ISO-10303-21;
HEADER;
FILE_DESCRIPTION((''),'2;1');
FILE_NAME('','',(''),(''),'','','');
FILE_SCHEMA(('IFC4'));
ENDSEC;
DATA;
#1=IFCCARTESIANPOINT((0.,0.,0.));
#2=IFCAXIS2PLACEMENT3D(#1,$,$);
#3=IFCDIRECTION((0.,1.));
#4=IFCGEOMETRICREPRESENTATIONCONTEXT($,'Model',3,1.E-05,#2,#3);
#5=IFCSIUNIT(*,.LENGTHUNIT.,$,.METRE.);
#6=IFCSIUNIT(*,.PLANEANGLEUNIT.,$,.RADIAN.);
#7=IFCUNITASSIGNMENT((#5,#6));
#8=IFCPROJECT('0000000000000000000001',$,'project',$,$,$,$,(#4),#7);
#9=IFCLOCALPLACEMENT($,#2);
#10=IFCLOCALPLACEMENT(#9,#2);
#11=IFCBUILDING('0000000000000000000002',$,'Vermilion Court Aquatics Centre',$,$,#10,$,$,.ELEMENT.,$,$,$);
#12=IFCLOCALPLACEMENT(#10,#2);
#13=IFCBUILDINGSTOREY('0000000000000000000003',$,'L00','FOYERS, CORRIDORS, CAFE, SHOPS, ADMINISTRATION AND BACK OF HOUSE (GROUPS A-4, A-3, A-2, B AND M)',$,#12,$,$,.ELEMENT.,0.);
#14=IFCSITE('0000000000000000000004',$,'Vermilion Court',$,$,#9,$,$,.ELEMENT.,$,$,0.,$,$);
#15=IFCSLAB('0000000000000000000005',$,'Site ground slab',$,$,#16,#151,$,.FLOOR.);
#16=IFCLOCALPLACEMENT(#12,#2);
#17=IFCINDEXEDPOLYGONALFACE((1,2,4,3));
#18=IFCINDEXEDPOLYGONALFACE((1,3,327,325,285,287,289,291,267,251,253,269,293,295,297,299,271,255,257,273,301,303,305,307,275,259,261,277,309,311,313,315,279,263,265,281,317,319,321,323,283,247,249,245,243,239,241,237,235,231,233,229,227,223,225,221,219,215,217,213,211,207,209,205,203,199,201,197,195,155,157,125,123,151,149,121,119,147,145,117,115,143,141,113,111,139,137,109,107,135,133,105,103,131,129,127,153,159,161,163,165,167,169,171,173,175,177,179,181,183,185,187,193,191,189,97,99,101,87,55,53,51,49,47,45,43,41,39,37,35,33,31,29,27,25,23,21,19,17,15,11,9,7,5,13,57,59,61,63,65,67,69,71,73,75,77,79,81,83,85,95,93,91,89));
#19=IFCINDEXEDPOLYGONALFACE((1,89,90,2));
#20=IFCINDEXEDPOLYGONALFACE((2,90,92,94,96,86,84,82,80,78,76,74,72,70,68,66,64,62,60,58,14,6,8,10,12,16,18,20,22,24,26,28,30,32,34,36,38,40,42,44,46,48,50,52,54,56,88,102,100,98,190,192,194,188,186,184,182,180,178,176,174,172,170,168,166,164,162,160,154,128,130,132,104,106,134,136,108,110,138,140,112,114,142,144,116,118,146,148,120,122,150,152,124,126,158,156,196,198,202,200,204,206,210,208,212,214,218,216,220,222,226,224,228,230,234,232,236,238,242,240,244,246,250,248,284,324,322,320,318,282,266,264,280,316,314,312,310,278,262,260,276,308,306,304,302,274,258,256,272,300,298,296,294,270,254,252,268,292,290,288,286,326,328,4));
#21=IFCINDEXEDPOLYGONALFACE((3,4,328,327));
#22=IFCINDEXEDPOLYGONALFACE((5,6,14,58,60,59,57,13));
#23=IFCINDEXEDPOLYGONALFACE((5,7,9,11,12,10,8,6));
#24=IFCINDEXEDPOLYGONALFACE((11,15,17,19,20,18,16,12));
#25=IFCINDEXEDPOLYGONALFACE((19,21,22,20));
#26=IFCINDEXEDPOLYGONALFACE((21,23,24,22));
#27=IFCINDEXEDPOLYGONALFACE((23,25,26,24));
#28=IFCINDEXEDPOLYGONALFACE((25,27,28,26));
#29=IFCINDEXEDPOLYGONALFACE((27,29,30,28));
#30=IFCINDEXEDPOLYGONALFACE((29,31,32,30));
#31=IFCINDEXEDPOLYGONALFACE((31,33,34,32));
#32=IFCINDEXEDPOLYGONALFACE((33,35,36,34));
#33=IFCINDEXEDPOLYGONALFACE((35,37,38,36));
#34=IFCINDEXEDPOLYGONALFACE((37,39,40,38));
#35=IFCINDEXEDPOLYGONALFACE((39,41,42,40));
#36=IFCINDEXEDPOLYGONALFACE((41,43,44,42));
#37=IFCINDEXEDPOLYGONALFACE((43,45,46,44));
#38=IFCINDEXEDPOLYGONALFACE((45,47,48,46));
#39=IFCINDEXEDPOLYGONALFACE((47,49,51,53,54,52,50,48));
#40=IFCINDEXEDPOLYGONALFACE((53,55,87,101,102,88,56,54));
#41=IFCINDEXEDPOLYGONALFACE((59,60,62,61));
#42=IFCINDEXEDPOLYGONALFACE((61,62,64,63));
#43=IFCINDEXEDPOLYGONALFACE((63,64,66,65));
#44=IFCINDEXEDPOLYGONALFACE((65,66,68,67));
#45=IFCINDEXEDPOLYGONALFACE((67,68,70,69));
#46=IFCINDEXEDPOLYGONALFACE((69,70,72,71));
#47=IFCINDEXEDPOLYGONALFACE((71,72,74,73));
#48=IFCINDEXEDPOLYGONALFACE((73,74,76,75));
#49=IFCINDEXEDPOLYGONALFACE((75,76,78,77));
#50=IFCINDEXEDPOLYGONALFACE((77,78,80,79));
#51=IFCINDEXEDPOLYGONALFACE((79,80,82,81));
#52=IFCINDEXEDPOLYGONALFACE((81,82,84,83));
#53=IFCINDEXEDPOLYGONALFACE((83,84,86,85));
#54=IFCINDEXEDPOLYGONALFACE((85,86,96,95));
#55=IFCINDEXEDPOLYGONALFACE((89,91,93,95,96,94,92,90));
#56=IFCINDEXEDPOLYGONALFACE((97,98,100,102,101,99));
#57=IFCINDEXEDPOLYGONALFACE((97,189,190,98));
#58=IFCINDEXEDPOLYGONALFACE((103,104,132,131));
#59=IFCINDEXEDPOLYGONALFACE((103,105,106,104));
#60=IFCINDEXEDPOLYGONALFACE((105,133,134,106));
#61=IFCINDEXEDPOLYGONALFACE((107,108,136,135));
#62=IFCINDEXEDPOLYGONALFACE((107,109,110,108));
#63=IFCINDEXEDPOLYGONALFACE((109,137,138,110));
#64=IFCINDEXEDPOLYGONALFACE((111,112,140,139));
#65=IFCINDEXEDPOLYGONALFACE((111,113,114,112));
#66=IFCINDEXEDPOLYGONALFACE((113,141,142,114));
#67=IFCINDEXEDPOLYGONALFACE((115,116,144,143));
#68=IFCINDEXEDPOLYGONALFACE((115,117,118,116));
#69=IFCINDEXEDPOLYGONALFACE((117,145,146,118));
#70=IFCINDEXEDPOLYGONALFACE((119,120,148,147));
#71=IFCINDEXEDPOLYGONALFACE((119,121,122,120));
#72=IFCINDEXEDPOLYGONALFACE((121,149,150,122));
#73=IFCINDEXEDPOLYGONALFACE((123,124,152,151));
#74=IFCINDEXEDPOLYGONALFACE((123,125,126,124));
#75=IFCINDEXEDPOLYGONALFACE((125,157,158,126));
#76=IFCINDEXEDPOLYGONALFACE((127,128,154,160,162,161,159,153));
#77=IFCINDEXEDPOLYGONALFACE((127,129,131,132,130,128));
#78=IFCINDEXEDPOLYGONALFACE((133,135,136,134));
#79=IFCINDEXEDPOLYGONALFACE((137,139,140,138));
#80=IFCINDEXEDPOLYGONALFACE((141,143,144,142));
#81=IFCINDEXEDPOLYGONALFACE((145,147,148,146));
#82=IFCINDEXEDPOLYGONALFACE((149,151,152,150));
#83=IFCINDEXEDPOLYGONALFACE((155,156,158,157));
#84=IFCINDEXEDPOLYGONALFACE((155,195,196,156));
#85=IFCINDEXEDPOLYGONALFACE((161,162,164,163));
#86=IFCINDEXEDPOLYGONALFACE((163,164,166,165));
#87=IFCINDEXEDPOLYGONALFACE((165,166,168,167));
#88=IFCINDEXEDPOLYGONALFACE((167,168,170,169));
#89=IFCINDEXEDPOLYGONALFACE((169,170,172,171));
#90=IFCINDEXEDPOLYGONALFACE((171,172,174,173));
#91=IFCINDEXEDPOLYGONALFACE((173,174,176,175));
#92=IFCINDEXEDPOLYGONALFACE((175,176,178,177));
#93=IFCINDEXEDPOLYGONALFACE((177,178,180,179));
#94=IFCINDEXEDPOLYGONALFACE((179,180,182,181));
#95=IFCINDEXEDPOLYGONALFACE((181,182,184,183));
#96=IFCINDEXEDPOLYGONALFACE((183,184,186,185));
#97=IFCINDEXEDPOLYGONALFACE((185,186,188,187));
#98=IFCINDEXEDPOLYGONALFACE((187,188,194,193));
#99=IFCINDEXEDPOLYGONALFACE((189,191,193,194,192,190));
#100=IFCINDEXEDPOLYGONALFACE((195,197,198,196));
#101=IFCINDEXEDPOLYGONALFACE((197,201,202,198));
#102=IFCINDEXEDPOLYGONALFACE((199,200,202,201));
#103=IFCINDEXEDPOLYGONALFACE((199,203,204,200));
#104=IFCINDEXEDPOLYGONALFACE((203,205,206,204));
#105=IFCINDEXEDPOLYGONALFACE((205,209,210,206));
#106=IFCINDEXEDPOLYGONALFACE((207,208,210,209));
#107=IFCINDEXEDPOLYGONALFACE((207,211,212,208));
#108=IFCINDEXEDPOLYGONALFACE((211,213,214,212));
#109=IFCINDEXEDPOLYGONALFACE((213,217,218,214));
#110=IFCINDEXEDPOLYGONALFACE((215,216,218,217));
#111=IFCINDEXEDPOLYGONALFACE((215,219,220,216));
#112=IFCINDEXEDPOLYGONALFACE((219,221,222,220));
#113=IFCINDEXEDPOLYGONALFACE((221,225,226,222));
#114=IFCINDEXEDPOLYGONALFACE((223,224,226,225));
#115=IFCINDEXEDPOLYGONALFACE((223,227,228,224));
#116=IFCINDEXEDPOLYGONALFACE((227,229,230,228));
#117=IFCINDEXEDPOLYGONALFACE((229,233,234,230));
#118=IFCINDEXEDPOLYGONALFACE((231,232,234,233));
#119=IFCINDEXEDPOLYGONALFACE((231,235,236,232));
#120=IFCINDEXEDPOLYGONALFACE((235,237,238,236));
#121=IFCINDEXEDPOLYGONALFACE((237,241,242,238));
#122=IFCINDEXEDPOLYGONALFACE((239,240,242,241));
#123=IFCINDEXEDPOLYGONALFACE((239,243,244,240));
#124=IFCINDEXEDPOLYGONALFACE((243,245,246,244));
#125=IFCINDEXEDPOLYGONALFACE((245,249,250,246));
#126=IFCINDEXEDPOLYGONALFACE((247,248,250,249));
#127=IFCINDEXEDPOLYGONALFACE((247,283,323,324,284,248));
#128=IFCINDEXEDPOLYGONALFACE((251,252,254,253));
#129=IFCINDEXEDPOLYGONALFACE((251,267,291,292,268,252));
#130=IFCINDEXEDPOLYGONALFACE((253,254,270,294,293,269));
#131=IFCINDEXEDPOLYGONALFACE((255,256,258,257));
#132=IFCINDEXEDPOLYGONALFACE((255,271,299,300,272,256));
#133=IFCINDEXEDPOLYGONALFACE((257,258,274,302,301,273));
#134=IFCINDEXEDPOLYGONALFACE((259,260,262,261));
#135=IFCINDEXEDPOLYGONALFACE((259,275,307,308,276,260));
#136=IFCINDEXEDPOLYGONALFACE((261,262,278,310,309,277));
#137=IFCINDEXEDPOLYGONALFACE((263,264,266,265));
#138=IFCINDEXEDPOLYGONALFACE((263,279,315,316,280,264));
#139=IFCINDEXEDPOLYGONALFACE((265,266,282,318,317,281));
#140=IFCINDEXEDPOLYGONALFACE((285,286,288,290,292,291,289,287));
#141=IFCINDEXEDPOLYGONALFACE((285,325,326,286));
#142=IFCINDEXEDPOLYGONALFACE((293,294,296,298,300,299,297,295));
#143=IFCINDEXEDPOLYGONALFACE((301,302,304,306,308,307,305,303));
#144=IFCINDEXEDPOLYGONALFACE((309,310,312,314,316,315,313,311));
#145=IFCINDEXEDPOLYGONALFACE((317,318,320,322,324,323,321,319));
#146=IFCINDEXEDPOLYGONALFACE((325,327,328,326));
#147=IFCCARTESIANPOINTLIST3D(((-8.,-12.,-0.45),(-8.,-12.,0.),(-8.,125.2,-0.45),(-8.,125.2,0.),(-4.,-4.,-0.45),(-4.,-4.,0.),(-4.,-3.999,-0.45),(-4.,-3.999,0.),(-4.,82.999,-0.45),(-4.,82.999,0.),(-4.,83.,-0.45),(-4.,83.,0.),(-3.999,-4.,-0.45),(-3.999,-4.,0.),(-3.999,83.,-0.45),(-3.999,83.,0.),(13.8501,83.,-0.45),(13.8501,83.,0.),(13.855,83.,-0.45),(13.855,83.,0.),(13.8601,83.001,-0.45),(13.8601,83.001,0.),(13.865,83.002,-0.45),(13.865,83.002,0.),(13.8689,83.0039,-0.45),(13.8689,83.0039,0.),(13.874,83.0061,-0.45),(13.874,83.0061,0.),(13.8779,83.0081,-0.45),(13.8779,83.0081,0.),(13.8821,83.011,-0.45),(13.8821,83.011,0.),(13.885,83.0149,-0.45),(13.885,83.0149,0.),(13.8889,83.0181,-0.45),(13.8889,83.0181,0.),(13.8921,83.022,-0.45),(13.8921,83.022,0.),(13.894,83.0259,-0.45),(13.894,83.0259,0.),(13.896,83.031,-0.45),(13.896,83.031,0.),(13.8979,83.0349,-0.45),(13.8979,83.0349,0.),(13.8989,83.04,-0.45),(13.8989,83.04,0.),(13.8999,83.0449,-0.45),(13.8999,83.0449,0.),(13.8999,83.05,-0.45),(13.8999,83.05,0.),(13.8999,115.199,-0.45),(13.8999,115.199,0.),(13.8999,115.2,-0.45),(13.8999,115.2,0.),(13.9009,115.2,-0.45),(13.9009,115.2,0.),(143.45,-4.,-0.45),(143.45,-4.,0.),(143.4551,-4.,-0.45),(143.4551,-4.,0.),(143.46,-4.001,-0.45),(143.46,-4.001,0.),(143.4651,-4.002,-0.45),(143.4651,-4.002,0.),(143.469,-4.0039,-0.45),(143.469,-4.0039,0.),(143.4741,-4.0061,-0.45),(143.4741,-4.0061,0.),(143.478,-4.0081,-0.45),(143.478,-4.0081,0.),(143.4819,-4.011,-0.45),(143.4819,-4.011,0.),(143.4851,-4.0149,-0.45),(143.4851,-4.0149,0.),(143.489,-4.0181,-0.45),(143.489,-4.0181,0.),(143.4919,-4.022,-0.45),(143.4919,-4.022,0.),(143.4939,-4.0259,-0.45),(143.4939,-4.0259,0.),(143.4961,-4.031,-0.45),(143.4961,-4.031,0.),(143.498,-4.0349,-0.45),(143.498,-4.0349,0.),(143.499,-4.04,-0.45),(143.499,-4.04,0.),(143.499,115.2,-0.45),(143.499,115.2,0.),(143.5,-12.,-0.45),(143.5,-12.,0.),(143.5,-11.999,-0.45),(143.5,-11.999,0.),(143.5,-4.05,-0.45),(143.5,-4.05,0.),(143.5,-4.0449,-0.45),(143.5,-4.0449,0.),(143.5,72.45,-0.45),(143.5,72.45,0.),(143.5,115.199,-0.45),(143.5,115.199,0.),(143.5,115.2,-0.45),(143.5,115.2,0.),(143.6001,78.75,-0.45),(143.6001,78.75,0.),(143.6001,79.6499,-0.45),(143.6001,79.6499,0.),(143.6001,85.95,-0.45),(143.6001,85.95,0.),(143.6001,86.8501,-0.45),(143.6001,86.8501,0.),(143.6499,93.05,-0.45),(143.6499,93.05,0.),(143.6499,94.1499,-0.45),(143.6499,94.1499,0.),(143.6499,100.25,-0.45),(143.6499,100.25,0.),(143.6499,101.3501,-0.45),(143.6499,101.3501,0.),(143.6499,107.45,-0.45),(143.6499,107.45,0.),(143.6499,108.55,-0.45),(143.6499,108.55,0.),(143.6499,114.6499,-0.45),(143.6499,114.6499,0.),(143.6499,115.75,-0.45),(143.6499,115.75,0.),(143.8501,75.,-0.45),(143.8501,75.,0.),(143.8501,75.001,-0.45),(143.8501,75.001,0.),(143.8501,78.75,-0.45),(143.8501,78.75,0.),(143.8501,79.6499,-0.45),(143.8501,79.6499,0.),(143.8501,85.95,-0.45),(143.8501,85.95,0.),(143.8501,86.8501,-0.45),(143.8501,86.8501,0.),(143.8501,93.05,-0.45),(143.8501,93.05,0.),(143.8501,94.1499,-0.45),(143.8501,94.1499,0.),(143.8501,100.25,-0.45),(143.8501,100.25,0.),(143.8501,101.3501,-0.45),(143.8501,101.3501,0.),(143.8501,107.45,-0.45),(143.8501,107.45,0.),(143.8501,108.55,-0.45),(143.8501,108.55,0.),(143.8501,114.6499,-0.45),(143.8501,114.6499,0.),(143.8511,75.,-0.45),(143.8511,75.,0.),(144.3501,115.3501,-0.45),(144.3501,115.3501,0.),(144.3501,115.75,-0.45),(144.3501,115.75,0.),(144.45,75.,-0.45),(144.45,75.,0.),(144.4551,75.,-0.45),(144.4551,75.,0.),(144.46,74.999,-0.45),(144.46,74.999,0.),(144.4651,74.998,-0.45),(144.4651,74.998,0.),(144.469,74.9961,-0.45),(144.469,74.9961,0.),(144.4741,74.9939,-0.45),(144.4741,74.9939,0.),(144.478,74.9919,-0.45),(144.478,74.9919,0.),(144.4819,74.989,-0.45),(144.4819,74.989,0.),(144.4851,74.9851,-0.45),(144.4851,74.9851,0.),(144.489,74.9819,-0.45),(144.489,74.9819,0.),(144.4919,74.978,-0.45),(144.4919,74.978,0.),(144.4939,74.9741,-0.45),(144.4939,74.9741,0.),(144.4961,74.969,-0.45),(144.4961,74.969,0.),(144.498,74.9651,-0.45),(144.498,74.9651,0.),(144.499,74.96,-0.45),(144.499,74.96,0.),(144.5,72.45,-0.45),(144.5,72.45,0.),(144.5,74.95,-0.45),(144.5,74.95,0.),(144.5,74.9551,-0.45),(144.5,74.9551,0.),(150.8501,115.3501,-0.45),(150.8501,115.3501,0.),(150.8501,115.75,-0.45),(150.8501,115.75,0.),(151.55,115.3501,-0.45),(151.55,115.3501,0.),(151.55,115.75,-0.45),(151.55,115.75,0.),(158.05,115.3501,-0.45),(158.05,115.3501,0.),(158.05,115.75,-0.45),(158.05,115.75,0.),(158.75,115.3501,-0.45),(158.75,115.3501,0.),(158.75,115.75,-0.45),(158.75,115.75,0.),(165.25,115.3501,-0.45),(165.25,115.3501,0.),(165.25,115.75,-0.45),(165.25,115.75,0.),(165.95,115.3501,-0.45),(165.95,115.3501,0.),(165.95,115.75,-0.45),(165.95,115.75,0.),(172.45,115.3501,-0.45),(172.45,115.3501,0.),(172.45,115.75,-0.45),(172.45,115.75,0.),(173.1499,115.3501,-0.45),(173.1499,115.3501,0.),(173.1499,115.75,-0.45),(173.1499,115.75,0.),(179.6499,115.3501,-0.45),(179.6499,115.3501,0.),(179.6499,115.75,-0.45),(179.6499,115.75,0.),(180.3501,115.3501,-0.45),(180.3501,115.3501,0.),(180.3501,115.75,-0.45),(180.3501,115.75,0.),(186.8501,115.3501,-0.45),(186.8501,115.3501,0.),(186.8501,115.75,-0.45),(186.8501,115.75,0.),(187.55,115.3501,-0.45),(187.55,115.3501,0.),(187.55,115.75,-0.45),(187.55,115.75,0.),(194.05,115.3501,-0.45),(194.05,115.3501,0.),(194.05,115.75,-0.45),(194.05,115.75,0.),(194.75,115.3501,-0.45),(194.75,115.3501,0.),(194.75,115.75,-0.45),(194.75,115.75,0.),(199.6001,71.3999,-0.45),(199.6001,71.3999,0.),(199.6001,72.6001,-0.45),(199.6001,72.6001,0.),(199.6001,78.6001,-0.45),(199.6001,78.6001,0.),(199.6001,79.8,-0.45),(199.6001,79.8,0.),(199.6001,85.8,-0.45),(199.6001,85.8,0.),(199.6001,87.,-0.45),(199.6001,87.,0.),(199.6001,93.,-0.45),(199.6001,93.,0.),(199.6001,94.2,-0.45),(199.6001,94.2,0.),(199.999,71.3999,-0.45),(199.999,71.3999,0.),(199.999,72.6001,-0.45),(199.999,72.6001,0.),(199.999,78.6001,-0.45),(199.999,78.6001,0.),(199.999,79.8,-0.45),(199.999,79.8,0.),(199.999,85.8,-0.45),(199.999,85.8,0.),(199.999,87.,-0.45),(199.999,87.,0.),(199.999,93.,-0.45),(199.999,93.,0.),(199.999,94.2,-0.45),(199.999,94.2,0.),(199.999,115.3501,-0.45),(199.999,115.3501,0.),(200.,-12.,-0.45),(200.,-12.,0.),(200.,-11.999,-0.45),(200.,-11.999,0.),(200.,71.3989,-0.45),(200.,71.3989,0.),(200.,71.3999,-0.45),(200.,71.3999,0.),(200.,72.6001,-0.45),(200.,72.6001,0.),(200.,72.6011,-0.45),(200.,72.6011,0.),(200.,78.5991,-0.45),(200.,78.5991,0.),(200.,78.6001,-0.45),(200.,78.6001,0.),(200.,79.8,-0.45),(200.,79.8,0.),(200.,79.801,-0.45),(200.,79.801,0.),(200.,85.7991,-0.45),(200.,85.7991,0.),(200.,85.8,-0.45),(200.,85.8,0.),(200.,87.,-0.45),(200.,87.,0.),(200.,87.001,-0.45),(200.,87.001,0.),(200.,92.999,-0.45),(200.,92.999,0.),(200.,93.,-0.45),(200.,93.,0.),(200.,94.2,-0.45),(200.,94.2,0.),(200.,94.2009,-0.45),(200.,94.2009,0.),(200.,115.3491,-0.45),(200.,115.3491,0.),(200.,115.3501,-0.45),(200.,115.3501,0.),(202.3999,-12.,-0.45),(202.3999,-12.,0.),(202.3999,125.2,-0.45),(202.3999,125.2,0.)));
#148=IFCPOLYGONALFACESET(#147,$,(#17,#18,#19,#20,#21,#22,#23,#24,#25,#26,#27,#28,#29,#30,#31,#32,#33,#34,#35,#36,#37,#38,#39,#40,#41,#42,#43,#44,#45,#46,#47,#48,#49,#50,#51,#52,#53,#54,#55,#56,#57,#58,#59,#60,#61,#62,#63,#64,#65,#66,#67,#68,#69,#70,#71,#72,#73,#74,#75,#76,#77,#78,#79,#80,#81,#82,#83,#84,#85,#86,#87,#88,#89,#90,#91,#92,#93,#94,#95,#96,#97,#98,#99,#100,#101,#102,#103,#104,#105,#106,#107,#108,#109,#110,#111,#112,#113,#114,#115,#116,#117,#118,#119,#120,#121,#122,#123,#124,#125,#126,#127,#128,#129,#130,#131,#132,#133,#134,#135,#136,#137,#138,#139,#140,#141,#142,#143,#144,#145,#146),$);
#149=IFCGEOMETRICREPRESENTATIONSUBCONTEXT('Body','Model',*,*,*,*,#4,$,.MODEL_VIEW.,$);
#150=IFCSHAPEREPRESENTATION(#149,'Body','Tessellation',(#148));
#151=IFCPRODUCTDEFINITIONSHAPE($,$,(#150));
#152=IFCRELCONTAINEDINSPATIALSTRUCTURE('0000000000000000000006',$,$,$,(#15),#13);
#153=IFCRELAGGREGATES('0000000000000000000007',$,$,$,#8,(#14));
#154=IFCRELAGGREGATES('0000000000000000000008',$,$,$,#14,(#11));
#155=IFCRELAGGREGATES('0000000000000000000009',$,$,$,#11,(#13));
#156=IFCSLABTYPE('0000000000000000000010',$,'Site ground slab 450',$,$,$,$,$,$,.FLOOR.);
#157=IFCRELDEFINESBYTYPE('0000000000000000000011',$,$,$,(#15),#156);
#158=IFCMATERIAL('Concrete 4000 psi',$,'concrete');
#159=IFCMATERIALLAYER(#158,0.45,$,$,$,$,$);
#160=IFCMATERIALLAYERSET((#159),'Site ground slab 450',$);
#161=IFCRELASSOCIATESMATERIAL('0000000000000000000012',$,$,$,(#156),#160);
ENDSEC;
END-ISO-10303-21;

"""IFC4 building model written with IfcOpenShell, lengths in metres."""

from ifc_helpers import new_model, si_unit, direction, frame, origin, place, context, subcontext, project, spatial, polyline, outline, extrude, material, layer, layer_set, type_object, element, save


model = new_model("IFC4")

# Units and contexts
model_context = context("Model", 3, precision=1e-05, world=origin(), true_north=direction((0.0, 1.0)))
body_context = subcontext(model_context, "Body", "Model", "MODEL_VIEW")
ifc_project = project(units=[si_unit("LENGTHUNIT", "METRE"), si_unit("PLANEANGLEUNIT", "RADIAN")], contexts=[model_context])

# Site, building, storey
site_placement = place(None, origin())
site = spatial("IfcSite", under=ifc_project, at=site_placement, Name="Vermilion Court", CompositionType="ELEMENT", RefElevation=0.0)
building_placement = place(site_placement, origin())
building = spatial("IfcBuilding", under=site, at=building_placement, Name="Vermilion Court Aquatics Centre", CompositionType="ELEMENT")
storey_placement = place(building_placement, origin())
storey = spatial("IfcBuildingStorey", under=building, at=storey_placement, Name="L00", Description="FOYERS, CORRIDORS, CAFE, SHOPS, ADMINISTRATION AND BACK OF HOUSE (GROUPS A-4, A-3, A-2, B AND M)", CompositionType="ELEMENT", Elevation=0.0)

# Slab
ifc_material_1 = material(Name="Concrete 4000 psi", Category="concrete")
ifc_layer_1 = layer(ifc_material_1, 0.45)
ifc_layer_set_1 = layer_set([ifc_layer_1], Name="Site ground slab 450")
slab_type_1 = type_object("IfcSlabType", Name="Site ground slab 450", PredefinedType="FLOOR", material=ifc_layer_set_1)
slab_1_placement = place(storey_placement, frame((0.0, 0.0, -0.45)))
element("IfcSlab", 1, at=slab_1_placement, inside=storey, type_object=slab_type_1, Name="Site ground slab", PredefinedType="FLOOR", context=body_context, shape_type="SweptSolid", body=[
    extrude(outline(polyline([(-8.0, 125.2), (202.3999, 125.2), (202.3999, -12.0), (199.999, -12.0), (200.0, -12.0), (200.0, -11.999), (200.0, 71.3989), (200.0, 71.3999), (199.999, 71.3999), (199.6001, 71.3999), (199.6001, 72.6001), (199.999, 72.6001), (200.0, 72.6001), (200.0, 72.6011), (200.0, 78.5991), (200.0, 78.6001), (199.999, 78.6001), (198.45, 78.6001), (198.45, 78.6001), (199.6001, 78.6001), (199.6001, 79.8), (199.999, 79.8), (200.0, 79.8), (200.0, 79.801), (200.0, 85.7991), (200.0, 85.8), (199.999, 85.8), (198.45, 85.8), (198.45, 85.8), (199.6001, 85.8), (199.6001, 87.0), (199.999, 87.0), (200.0, 87.0), (200.0, 87.001), (200.0, 92.999), (200.0, 93.0), (199.999, 93.0), (199.6001, 93.0), (199.6001, 94.2), (198.45, 94.2), (198.45, 94.2), (199.999, 94.2), (200.0, 94.2), (200.0, 94.2009), (200.0, 115.3491), (200.0, 115.3501), (199.999, 115.3501), (194.75, 115.3501), (194.75, 115.75), (194.05, 115.75), (194.05, 115.3501), (187.55, 115.3501), (187.55, 115.75), (186.8501, 115.75), (186.8501, 115.3501), (180.3501, 115.3501), (180.3501, 115.75), (179.6499, 115.75), (179.6499, 115.3501), (173.1499, 115.3501), (173.1499, 115.75), (172.45, 115.75), (172.45, 115.3501), (165.95, 115.3501), (165.95, 115.75), (165.25, 115.75), (165.25, 115.3501), (158.75, 115.3501), (158.75, 115.75), (158.05, 115.75), (158.05, 115.3501), (151.55, 115.3501), (151.55, 115.75), (150.8501, 115.75), (150.8501, 115.3501), (144.3501, 115.3501), (144.3501, 115.75), (143.6499, 115.75), (143.6499, 114.6499), (143.8501, 114.6499), (143.8501, 108.55), (143.6499, 108.55), (143.6499, 107.45), (143.8501, 107.45), (143.8501, 101.3501), (143.6499, 101.3501), (143.6499, 100.25), (143.8501, 100.25), (143.8501, 94.1499), (143.6499, 94.1499), (143.6499, 93.05), (143.8501, 93.05), (143.8501, 86.8501), (143.6001, 86.8501), (143.6001, 85.95), (143.8501, 85.95), (143.8501, 79.6499), (143.6001, 79.6499), (143.6001, 78.75), (143.8501, 78.75), (143.8501, 75.001), (143.8501, 75.0), (143.8511, 75.0), (144.45, 75.0), (144.4551, 75.0), (144.46, 74.999), (144.4651, 74.998), (144.469, 74.9961), (144.4741, 74.9939), (144.478, 74.9919), (144.4819, 74.989), (144.4851, 74.9851), (144.489, 74.9819), (144.4919, 74.978), (144.4939, 74.9741), (144.4961, 74.969), (144.498, 74.9651), (144.499, 74.96), (144.5, 74.9551), (144.5, 74.95), (144.5, 72.45), (143.5, 72.45), (143.5, 115.199), (143.5, 115.2), (143.499, 115.2), (13.9009, 115.2), (13.8999, 115.2), (13.8999, 115.199), (13.8999, 83.05), (13.8999, 83.0449), (13.8989, 83.04), (13.8979, 83.0349), (13.896, 83.031), (13.894, 83.0259), (13.8921, 83.022), (13.8889, 83.0181), (13.885, 83.0149), (13.8821, 83.011), (13.8779, 83.0081), (13.874, 83.0061), (13.8689, 83.0039), (13.865, 83.002), (13.8601, 83.001), (13.855, 83.0), (13.8501, 83.0), (-3.999, 83.0), (-4.0, 83.0), (-4.0, 82.999), (-4.0, -3.999), (-4.0, -4.0), (-3.999, -4.0), (143.45, -4.0), (143.4551, -4.0), (143.46, -4.001), (143.4651, -4.002), (143.469, -4.0039), (143.4741, -4.0061), (143.478, -4.0081), (143.4819, -4.011), (143.4851, -4.0149), (143.489, -4.0181), (143.4919, -4.022), (143.4939, -4.0259), (143.4961, -4.031), (143.498, -4.0349), (143.499, -4.04), (143.5, -4.0449), (143.5, -4.05), (143.5, -11.999), (143.5, -12.0), (143.501, -12.0), (-8.0, -12.0), (-8.0, 125.2)])), origin(), (0.0, 0.0, 1.0), 0.45),
])

save(model, "model.ifc")
